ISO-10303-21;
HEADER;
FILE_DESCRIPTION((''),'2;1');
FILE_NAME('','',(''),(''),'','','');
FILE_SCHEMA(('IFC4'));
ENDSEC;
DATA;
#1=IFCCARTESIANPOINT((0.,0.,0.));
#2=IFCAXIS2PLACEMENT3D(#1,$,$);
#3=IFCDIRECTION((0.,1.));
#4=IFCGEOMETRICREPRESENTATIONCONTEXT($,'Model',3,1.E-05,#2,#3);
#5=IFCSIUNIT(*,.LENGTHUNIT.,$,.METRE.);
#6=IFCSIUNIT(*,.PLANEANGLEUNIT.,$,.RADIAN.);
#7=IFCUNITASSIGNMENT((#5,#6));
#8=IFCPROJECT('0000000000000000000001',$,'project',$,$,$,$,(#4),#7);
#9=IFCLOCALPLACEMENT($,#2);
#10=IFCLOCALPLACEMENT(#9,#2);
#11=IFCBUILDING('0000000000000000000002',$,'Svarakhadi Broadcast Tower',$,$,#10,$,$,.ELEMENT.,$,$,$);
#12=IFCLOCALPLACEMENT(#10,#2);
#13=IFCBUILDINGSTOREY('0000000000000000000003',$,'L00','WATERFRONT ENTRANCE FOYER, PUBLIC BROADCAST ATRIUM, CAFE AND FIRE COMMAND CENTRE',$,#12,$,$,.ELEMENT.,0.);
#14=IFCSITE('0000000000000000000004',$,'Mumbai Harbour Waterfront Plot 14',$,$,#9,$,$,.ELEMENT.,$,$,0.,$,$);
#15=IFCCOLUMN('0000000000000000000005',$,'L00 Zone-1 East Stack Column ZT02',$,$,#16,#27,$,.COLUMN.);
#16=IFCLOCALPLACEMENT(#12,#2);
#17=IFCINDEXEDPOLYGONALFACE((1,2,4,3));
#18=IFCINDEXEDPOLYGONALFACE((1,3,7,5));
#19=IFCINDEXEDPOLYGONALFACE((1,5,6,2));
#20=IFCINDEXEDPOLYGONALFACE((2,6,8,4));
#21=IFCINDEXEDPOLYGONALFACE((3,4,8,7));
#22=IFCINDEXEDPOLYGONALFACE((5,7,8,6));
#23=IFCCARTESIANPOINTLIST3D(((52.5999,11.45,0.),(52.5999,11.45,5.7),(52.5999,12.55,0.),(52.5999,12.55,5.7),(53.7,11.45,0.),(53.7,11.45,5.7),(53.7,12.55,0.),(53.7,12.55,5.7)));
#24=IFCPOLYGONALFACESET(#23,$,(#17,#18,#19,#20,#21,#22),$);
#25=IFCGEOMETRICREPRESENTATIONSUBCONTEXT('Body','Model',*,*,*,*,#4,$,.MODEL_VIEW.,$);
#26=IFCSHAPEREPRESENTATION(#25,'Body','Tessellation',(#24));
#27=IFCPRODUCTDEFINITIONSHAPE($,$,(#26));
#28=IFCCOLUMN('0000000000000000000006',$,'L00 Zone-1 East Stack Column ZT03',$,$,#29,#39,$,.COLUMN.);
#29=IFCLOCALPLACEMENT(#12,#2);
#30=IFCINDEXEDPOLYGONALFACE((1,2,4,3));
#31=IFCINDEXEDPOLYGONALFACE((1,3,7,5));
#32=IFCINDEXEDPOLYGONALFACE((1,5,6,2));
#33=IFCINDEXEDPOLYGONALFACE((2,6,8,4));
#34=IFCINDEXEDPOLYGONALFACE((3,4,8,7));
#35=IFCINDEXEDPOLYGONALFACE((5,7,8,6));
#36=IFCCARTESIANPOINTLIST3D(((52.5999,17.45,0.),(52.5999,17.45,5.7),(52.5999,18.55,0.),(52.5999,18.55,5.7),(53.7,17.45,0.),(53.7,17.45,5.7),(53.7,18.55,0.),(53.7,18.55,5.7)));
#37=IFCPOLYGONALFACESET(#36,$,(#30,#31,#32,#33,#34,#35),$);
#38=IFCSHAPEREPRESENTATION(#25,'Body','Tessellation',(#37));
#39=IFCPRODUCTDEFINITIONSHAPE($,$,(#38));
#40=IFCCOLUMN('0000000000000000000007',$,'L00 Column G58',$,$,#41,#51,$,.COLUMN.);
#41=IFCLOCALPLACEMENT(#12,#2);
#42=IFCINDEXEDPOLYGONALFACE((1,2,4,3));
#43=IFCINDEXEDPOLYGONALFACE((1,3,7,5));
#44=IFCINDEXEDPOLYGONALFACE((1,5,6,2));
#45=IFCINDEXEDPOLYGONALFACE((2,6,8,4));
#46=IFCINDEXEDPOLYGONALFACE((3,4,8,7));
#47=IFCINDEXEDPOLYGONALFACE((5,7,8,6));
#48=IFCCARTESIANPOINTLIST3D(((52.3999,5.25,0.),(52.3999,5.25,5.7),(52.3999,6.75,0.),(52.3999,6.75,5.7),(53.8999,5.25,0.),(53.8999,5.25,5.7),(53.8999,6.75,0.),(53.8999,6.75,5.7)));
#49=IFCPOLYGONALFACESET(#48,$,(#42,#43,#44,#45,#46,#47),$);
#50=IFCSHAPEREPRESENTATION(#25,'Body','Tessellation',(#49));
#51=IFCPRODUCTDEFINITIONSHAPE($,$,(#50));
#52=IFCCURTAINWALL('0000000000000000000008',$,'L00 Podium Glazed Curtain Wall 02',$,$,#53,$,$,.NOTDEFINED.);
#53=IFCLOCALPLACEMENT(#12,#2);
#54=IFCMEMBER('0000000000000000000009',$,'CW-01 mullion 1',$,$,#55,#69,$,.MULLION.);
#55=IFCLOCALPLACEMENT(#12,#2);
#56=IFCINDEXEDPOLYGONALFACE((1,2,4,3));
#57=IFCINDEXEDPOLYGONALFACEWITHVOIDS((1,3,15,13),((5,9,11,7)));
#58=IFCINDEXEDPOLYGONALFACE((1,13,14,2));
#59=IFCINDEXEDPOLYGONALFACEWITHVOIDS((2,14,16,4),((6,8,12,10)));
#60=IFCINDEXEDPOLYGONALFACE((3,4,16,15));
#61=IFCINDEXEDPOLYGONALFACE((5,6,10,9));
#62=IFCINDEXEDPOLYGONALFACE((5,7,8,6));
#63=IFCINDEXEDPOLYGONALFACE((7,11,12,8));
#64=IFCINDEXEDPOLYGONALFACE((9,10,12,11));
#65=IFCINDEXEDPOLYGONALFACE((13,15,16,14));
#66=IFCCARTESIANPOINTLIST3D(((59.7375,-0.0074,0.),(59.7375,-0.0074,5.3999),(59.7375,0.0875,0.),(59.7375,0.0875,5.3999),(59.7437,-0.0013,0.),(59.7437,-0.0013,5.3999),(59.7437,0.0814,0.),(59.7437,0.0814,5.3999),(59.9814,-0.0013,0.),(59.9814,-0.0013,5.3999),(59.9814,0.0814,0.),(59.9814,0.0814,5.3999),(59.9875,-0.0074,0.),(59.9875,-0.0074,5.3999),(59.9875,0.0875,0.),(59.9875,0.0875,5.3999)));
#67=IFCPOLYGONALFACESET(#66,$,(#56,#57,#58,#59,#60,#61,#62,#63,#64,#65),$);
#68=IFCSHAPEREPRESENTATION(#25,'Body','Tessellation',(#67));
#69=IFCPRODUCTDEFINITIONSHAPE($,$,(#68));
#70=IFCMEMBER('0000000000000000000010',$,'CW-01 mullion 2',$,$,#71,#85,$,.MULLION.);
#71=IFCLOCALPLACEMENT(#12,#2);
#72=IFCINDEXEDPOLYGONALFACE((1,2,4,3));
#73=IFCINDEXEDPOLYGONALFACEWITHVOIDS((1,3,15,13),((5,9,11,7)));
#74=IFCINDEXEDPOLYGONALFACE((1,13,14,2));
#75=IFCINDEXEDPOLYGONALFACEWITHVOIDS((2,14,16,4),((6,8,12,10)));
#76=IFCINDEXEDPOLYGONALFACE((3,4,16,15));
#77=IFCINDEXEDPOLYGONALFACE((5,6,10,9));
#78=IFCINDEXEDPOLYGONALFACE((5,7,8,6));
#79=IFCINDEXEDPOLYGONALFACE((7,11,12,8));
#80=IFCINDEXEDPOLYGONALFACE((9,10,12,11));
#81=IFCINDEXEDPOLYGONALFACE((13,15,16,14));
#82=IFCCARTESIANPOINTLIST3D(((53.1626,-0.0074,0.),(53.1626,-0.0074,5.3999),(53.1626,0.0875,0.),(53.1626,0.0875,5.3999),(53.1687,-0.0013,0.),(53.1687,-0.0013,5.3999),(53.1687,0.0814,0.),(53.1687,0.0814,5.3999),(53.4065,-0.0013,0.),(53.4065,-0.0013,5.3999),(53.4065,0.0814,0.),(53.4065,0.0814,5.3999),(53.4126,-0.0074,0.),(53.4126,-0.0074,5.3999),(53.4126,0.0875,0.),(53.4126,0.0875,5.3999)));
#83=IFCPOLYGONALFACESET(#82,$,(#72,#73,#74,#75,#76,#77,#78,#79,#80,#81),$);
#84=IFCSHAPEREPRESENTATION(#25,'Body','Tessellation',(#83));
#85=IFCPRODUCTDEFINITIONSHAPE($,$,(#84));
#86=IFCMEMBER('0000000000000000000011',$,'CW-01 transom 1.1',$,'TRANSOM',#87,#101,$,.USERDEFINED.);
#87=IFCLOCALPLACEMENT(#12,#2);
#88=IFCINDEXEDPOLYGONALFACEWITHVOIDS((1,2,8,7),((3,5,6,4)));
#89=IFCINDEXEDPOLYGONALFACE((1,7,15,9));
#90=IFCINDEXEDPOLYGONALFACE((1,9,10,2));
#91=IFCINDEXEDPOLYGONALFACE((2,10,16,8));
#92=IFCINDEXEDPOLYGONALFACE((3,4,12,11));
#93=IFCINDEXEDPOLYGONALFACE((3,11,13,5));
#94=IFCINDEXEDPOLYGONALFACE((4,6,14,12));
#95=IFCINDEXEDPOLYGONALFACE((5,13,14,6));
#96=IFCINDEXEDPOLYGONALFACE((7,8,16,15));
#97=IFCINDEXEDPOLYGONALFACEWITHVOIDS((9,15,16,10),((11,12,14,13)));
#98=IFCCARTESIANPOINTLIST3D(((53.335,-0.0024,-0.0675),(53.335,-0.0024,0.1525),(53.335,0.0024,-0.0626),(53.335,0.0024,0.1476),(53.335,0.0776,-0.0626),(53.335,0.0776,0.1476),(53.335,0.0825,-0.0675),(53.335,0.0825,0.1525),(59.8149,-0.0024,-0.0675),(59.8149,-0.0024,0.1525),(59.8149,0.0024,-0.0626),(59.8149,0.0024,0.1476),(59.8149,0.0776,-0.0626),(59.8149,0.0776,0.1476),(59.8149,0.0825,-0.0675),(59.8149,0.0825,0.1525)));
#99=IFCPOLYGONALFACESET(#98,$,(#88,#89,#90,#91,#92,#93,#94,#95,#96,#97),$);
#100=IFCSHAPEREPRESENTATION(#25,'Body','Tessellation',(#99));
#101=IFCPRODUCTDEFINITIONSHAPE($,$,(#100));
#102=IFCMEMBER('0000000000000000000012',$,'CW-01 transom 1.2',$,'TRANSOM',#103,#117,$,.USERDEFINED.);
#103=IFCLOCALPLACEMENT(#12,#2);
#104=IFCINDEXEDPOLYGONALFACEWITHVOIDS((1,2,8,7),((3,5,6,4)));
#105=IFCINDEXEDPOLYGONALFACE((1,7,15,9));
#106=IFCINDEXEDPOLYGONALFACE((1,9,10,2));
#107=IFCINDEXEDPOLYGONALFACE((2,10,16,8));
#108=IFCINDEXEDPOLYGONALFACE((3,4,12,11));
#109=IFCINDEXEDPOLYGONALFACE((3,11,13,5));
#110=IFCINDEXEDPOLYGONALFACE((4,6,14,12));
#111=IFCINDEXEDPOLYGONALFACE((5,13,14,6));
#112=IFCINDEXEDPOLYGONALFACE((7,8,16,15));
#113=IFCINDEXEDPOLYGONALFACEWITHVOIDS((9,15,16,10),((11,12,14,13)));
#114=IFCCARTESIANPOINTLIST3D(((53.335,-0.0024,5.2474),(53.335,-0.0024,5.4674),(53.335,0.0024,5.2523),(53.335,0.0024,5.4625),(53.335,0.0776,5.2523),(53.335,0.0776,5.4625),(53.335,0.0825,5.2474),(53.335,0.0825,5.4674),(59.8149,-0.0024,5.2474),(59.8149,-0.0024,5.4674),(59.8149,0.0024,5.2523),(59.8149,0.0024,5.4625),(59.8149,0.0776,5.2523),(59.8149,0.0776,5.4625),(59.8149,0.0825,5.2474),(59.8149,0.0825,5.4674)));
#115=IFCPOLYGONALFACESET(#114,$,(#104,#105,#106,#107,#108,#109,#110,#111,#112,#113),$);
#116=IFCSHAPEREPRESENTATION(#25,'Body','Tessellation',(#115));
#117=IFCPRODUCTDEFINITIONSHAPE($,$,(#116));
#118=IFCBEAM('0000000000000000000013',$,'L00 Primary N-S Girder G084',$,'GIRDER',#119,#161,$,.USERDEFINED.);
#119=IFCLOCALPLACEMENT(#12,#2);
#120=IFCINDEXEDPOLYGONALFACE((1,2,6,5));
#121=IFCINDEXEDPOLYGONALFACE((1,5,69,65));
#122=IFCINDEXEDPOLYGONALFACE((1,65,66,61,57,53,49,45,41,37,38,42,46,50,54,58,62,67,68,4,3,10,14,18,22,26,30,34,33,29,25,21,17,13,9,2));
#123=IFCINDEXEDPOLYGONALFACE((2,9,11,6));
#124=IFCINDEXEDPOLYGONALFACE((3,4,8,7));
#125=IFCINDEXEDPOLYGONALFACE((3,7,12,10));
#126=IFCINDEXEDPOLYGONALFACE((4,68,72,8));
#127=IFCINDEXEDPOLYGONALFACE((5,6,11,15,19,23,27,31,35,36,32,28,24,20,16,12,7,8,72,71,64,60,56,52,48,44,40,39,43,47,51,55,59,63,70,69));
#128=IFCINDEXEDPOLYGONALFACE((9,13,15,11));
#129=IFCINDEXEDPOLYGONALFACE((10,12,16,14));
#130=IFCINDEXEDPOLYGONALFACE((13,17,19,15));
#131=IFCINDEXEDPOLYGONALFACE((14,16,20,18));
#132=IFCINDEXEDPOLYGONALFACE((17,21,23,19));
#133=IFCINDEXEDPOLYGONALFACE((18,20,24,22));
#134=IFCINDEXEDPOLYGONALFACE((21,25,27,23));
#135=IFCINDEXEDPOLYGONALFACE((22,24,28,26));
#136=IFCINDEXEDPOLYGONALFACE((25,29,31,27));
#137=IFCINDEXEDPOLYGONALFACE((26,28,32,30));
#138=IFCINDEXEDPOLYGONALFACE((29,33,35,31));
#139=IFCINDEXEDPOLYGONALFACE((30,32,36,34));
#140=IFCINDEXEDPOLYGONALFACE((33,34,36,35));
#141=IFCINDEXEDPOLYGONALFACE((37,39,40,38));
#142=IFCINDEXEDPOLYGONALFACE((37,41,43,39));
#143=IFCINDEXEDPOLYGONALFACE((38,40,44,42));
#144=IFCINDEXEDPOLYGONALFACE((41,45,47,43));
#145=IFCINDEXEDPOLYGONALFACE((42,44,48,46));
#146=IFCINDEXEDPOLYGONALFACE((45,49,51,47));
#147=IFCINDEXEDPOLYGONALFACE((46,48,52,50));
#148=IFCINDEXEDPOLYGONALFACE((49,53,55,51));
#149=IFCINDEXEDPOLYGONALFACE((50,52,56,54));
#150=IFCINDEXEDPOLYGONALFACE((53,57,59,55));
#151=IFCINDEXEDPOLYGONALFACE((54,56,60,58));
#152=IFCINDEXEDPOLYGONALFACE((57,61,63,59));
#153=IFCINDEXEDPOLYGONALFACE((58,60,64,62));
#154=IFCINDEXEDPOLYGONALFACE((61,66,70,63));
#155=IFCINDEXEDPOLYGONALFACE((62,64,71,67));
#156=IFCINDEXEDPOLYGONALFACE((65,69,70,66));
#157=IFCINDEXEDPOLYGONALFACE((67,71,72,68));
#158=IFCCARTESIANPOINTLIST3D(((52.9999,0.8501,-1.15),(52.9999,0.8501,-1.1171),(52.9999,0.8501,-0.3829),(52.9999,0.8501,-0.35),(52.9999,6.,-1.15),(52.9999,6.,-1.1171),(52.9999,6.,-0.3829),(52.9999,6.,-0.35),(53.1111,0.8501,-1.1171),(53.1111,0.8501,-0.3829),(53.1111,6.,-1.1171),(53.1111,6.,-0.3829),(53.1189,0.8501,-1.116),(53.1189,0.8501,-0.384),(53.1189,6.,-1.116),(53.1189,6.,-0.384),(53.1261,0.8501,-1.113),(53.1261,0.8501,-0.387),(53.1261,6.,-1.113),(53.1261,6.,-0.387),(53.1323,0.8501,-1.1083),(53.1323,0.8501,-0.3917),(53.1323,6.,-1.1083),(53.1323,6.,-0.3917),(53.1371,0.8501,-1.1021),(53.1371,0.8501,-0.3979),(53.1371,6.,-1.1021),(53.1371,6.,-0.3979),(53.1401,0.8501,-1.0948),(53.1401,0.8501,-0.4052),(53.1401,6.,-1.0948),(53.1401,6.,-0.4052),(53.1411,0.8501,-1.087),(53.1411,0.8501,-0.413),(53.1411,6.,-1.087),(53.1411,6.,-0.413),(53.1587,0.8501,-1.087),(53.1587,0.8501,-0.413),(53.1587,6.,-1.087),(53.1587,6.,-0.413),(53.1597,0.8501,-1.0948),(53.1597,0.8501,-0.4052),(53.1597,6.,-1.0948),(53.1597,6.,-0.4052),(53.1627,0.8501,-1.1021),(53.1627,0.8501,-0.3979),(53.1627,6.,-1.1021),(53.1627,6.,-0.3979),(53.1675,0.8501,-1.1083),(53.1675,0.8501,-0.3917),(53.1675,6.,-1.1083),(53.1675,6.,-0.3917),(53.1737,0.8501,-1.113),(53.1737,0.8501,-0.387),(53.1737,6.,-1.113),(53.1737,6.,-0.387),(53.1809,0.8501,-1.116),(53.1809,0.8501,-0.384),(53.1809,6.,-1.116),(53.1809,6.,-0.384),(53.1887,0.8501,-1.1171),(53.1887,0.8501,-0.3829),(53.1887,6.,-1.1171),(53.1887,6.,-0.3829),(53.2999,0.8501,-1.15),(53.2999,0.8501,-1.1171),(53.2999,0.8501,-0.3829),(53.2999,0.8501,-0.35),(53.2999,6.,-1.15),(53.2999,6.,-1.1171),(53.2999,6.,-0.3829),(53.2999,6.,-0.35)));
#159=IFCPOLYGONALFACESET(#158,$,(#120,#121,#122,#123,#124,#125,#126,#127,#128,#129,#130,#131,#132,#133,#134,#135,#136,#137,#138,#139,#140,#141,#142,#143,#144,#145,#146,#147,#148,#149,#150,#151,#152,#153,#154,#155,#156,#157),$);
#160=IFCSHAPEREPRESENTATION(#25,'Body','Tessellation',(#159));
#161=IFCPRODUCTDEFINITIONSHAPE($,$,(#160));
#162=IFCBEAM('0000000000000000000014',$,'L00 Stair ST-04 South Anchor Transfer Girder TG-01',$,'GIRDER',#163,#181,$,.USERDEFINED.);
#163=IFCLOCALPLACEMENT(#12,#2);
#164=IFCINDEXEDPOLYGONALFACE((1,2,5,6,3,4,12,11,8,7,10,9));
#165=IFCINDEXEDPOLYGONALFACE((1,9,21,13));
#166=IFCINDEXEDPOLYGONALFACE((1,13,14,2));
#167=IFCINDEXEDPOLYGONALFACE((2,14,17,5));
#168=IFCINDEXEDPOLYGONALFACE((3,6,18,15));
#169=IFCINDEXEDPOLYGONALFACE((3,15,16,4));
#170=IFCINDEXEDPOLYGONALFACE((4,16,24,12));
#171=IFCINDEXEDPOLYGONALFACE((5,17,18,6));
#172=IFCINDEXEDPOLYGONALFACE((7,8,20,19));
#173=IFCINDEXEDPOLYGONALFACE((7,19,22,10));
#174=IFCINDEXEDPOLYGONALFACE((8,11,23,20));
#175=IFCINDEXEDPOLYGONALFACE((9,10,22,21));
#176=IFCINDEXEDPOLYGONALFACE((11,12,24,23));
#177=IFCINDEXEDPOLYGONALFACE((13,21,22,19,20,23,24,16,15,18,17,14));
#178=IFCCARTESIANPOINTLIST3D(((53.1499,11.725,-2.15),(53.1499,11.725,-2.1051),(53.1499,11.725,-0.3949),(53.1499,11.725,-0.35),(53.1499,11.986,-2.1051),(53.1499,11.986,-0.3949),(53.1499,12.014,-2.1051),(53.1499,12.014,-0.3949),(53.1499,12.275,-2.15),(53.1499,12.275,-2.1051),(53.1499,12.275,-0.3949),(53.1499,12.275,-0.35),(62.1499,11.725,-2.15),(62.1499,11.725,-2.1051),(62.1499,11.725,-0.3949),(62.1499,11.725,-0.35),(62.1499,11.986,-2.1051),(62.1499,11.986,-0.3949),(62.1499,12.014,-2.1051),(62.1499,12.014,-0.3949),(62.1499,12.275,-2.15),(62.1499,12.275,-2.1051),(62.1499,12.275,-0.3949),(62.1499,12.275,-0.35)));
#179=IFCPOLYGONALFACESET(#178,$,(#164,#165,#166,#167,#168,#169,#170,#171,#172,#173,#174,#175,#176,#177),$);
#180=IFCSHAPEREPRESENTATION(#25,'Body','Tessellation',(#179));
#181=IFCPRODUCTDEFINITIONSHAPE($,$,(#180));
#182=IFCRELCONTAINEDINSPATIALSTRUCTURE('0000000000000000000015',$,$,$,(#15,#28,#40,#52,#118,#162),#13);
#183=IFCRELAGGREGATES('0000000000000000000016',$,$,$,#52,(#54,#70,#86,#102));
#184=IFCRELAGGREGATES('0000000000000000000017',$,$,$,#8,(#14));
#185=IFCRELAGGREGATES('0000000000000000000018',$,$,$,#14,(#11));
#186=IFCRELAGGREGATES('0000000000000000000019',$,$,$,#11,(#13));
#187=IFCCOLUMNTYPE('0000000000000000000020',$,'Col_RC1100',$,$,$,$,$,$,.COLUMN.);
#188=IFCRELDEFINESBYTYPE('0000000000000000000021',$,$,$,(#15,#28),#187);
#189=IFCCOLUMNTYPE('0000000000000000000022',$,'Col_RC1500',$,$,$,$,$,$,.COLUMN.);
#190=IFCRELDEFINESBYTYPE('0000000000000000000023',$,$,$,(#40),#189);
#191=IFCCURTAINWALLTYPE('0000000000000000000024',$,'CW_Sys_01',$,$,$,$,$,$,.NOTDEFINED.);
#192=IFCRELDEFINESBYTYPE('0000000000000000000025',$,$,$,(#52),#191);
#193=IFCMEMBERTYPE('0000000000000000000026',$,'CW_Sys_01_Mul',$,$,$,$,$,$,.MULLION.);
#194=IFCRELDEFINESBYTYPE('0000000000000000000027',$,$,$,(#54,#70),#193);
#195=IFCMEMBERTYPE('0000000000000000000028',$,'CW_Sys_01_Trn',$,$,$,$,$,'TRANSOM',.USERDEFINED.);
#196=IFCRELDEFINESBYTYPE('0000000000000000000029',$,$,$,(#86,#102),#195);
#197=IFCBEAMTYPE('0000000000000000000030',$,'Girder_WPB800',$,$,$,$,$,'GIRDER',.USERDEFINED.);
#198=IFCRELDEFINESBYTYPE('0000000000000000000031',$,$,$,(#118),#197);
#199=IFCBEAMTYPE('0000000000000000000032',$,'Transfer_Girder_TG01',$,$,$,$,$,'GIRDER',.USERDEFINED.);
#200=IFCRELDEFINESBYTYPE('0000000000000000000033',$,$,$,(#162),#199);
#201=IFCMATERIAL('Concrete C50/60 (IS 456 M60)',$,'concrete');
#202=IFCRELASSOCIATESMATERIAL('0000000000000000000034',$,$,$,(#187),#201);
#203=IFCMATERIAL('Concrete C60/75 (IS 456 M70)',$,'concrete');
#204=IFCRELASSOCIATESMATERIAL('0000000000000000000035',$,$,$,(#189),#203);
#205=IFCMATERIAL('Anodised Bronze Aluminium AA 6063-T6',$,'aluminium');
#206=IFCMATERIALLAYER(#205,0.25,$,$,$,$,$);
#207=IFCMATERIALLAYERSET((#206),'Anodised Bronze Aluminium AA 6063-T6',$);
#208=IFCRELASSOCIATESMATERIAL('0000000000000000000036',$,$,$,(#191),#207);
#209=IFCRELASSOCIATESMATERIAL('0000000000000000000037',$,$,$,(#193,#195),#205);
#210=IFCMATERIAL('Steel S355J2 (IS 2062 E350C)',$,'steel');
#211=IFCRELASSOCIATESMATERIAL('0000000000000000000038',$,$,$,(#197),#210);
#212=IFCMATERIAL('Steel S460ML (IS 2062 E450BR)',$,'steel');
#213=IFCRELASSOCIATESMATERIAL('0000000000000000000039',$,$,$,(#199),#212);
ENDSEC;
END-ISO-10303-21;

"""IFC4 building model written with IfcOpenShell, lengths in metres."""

from ifc_helpers import new_model, si_unit, direction, frame, origin, origin_2d, place, context, subcontext, project, spatial, rectangle, hollow_rectangle, i_section, extrude, material, layer, layer_set, material_profile, profile_set, type_object, element, aggregate, save


model = new_model("IFC4")

# Units and contexts
model_context = context("Model", 3, precision=1e-05, world=origin(), true_north=direction((0.0, 1.0)))
body_context = subcontext(model_context, "Body", "Model", "MODEL_VIEW")
ifc_project = project(units=[si_unit("LENGTHUNIT", "METRE"), si_unit("PLANEANGLEUNIT", "RADIAN")], contexts=[model_context])

# Site, building, storey
site_placement = place(None, origin())
site = spatial("IfcSite", under=ifc_project, at=site_placement, Name="Mumbai Harbour Waterfront Plot 14", CompositionType="ELEMENT", RefElevation=0.0)
building_placement = place(site_placement, origin())
building = spatial("IfcBuilding", under=site, at=building_placement, Name="Svarakhadi Broadcast Tower", CompositionType="ELEMENT")
storey_placement = place(building_placement, origin())
storey = spatial("IfcBuildingStorey", under=building, at=storey_placement, Name="L00", Description="WATERFRONT ENTRANCE FOYER, PUBLIC BROADCAST ATRIUM, CAFE AND FIRE COMMAND CENTRE", CompositionType="ELEMENT", Elevation=0.0)

# Columns
ifc_material_1 = material(Name="Concrete C50/60 (IS 456 M60)", Category="concrete")
ifc_material_profile_1 = material_profile(ifc_material_1, rectangle(XDim=1.1001, YDim=1.1001, at=origin_2d()), Name="RC 1100x1100")
ifc_profile_set_1 = profile_set([ifc_material_profile_1], Name="Concrete C50/60 (IS 456 M60)")
column_type_1 = type_object("IfcColumnType", Name="Col_RC1100", PredefinedType="COLUMN", material=ifc_profile_set_1)
for number, where, z_axis, x_axis, name in (
    (1, (53.1499, 12.0, 0.0), (0.0, 0.0, 1.0), (1.0, 0.0, 0.0), "L00 Zone-1 East Stack Column ZT02"),
    (2, (53.1499, 18.0, 0.0), (0.0, 0.0, 1.0), (1.0, 0.0, 0.0), "L00 Zone-1 East Stack Column ZT03"),
):
    element("IfcColumn", number, at=place(storey_placement, frame(where, z_axis=z_axis, x_axis=x_axis)), inside=storey, type_object=column_type_1, Name=name, PredefinedType="COLUMN", context=body_context, shape_type="SweptSolid", body=[
        extrude(rectangle(XDim=1.1001, YDim=1.1001, at=origin_2d()), origin(), (0.0, 0.0, 1.0), 5.7),
    ])
ifc_material_2 = material(Name="Concrete C60/75 (IS 456 M70)", Category="concrete")
ifc_material_profile_2 = material_profile(ifc_material_2, rectangle(XDim=1.5, YDim=1.5, at=origin_2d()), Name="RC 1500x1500")
ifc_profile_set_2 = profile_set([ifc_material_profile_2], Name="Concrete C60/75 (IS 456 M70)")
column_type_2 = type_object("IfcColumnType", Name="Col_RC1500", PredefinedType="COLUMN", material=ifc_profile_set_2)
column_placement = place(storey_placement, frame((53.1499, 6.0, 0.0), z_axis=(0.0, 0.0, 1.0), x_axis=(1.0, 0.0, 0.0)))
element("IfcColumn", 3, at=column_placement, inside=storey, type_object=column_type_2, Name="L00 Column G58", PredefinedType="COLUMN", context=body_context, shape_type="SweptSolid", body=[
    extrude(rectangle(XDim=1.5, YDim=1.5, at=origin_2d()), origin(), (0.0, 0.0, 1.0), 5.7),
])

# Curtain wall, members
ifc_material_3 = material(Name="Anodised Bronze Aluminium AA 6063-T6", Category="aluminium")
ifc_layer_1 = layer(ifc_material_3, 0.25)
ifc_layer_set_1 = layer_set([ifc_layer_1], Name="Anodised Bronze Aluminium AA 6063-T6")
curtain_wall_type = type_object("IfcCurtainWallType", Name="CW_Sys_01", PredefinedType="NOTDEFINED", material=ifc_layer_set_1)
curtain_wall_placement = place(storey_placement, origin())
curtain_wall = element("IfcCurtainWall", 4, at=curtain_wall_placement, inside=storey, type_object=curtain_wall_type, Name="L00 Podium Glazed Curtain Wall 02", PredefinedType="NOTDEFINED")
ifc_material_profile_3 = material_profile(ifc_material_3, hollow_rectangle(XDim=0.095, YDim=0.25, WallThickness=0.0061, at=origin_2d()), Name="ALU MULLION 250x95x6")
ifc_profile_set_3 = profile_set([ifc_material_profile_3], Name="Anodised Bronze Aluminium AA 6063-T6")
member_type_1 = type_object("IfcMemberType", Name="CW_Sys_01_Mul", PredefinedType="MULLION", material=ifc_profile_set_3)
member_1_placement = place(storey_placement, frame((59.8625, 0.04, 0.0), z_axis=(0.0, 0.0, 1.0), x_axis=(0.0, -1.0, 0.0)))
member_1 = element("IfcMember", 5, at=member_1_placement, type_object=member_type_1, Name="CW-01 mullion 1", PredefinedType="MULLION", context=body_context, shape_type="SweptSolid", body=[
    extrude(hollow_rectangle(XDim=0.095, YDim=0.25, WallThickness=0.0061, at=origin_2d()), origin(), (0.0, 0.0, 1.0), 5.3999),
])
member_2_placement = place(storey_placement, frame((53.2876, 0.04, 0.0), z_axis=(0.0, 0.0, 1.0), x_axis=(0.0, -1.0, 0.0)))
member_2 = element("IfcMember", 6, at=member_2_placement, type_object=member_type_1, Name="CW-01 mullion 2", PredefinedType="MULLION", context=body_context, shape_type="SweptSolid", body=[
    extrude(hollow_rectangle(XDim=0.095, YDim=0.25, WallThickness=0.0061, at=origin_2d()), origin(), (0.0, 0.0, 1.0), 5.3999),
])
ifc_material_profile_4 = material_profile(ifc_material_3, hollow_rectangle(XDim=0.085, YDim=0.22, WallThickness=0.0049, at=origin_2d()), Name="ALU TRANSOM 220x85x5")
ifc_profile_set_4 = profile_set([ifc_material_profile_4], Name="Anodised Bronze Aluminium AA 6063-T6")
member_type_2 = type_object("IfcMemberType", Name="CW_Sys_01_Trn", ElementType="TRANSOM", PredefinedType="USERDEFINED", material=ifc_profile_set_4)
member_3_placement = place(storey_placement, frame((59.8149, 0.04, 0.0425), z_axis=(-1.0, 0.0, 0.0), x_axis=(0.0, -1.0, 0.0)))
member_3 = element("IfcMember", 7, at=member_3_placement, type_object=member_type_2, Name="CW-01 transom 1.1", ObjectType="TRANSOM", PredefinedType="USERDEFINED", context=body_context, shape_type="SweptSolid", body=[
    extrude(hollow_rectangle(XDim=0.085, YDim=0.22, WallThickness=0.0049, at=origin_2d()), origin(), (0.0, 0.0, 1.0), 6.48),
])
member_4_placement = place(storey_placement, frame((59.8149, 0.04, 5.3574), z_axis=(-1.0, 0.0, 0.0), x_axis=(0.0, -1.0, 0.0)))
member_4 = element("IfcMember", 8, at=member_4_placement, type_object=member_type_2, Name="CW-01 transom 1.2", ObjectType="TRANSOM", PredefinedType="USERDEFINED", context=body_context, shape_type="SweptSolid", body=[
    extrude(hollow_rectangle(XDim=0.085, YDim=0.22, WallThickness=0.0049, at=origin_2d()), origin(), (0.0, 0.0, 1.0), 6.48),
])

# Beams
ifc_material_4 = material(Name="Steel S355J2 (IS 2062 E350C)", Category="steel")
ifc_material_profile_5 = material_profile(ifc_material_4, i_section(OverallWidth=0.3, OverallDepth=0.8, WebThickness=0.0176, FlangeThickness=0.033, FilletRadius=0.03, at=origin_2d()), Name="WPB 800x300x262")
ifc_profile_set_5 = profile_set([ifc_material_profile_5], Name="Steel S355J2 (IS 2062 E350C)")
beam_type_1 = type_object("IfcBeamType", Name="Girder_WPB800", ElementType="GIRDER", PredefinedType="USERDEFINED", material=ifc_profile_set_5)
beam_1_placement = place(storey_placement, frame((53.1499, 0.8501, -0.75), z_axis=(0.0, 1.0, 0.0), x_axis=(-1.0, 0.0, 0.0)))
element("IfcBeam", 9, at=beam_1_placement, inside=storey, type_object=beam_type_1, Name="L00 Primary N-S Girder G084", ObjectType="GIRDER", PredefinedType="USERDEFINED", context=body_context, shape_type="SweptSolid", body=[
    extrude(i_section(OverallWidth=0.3, OverallDepth=0.8, WebThickness=0.0176, FlangeThickness=0.033, FilletRadius=0.03, at=origin_2d()), origin(), (0.0, 0.0, 1.0), 5.1499),
])
ifc_material_5 = material(Name="Steel S460ML (IS 2062 E450BR)", Category="steel")
ifc_material_profile_6 = material_profile(ifc_material_5, i_section(OverallWidth=0.55, OverallDepth=1.8, WebThickness=0.0281, FlangeThickness=0.0449, at=origin_2d()), Name="PG 1800x550x45")
ifc_profile_set_6 = profile_set([ifc_material_profile_6], Name="Steel S460ML (IS 2062 E450BR)")
beam_type_2 = type_object("IfcBeamType", Name="Transfer_Girder_TG01", ElementType="GIRDER", PredefinedType="USERDEFINED", material=ifc_profile_set_6)
beam_2_placement = place(storey_placement, frame((53.1499, 12.0, -1.25), z_axis=(1.0, 0.0, 0.0), x_axis=(0.0, 1.0, 0.0)))
element("IfcBeam", 10, at=beam_2_placement, inside=storey, type_object=beam_type_2, Name="L00 Stair ST-04 South Anchor Transfer Girder TG-01", ObjectType="GIRDER", PredefinedType="USERDEFINED", context=body_context, shape_type="SweptSolid", body=[
    extrude(i_section(OverallWidth=0.55, OverallDepth=1.8, WebThickness=0.0281, FlangeThickness=0.0449, at=origin_2d()), origin(), (0.0, 0.0, 1.0), 9.0),
])

aggregate(curtain_wall, [member_1, member_2, member_3, member_4])

save(model, "model.ifc")
